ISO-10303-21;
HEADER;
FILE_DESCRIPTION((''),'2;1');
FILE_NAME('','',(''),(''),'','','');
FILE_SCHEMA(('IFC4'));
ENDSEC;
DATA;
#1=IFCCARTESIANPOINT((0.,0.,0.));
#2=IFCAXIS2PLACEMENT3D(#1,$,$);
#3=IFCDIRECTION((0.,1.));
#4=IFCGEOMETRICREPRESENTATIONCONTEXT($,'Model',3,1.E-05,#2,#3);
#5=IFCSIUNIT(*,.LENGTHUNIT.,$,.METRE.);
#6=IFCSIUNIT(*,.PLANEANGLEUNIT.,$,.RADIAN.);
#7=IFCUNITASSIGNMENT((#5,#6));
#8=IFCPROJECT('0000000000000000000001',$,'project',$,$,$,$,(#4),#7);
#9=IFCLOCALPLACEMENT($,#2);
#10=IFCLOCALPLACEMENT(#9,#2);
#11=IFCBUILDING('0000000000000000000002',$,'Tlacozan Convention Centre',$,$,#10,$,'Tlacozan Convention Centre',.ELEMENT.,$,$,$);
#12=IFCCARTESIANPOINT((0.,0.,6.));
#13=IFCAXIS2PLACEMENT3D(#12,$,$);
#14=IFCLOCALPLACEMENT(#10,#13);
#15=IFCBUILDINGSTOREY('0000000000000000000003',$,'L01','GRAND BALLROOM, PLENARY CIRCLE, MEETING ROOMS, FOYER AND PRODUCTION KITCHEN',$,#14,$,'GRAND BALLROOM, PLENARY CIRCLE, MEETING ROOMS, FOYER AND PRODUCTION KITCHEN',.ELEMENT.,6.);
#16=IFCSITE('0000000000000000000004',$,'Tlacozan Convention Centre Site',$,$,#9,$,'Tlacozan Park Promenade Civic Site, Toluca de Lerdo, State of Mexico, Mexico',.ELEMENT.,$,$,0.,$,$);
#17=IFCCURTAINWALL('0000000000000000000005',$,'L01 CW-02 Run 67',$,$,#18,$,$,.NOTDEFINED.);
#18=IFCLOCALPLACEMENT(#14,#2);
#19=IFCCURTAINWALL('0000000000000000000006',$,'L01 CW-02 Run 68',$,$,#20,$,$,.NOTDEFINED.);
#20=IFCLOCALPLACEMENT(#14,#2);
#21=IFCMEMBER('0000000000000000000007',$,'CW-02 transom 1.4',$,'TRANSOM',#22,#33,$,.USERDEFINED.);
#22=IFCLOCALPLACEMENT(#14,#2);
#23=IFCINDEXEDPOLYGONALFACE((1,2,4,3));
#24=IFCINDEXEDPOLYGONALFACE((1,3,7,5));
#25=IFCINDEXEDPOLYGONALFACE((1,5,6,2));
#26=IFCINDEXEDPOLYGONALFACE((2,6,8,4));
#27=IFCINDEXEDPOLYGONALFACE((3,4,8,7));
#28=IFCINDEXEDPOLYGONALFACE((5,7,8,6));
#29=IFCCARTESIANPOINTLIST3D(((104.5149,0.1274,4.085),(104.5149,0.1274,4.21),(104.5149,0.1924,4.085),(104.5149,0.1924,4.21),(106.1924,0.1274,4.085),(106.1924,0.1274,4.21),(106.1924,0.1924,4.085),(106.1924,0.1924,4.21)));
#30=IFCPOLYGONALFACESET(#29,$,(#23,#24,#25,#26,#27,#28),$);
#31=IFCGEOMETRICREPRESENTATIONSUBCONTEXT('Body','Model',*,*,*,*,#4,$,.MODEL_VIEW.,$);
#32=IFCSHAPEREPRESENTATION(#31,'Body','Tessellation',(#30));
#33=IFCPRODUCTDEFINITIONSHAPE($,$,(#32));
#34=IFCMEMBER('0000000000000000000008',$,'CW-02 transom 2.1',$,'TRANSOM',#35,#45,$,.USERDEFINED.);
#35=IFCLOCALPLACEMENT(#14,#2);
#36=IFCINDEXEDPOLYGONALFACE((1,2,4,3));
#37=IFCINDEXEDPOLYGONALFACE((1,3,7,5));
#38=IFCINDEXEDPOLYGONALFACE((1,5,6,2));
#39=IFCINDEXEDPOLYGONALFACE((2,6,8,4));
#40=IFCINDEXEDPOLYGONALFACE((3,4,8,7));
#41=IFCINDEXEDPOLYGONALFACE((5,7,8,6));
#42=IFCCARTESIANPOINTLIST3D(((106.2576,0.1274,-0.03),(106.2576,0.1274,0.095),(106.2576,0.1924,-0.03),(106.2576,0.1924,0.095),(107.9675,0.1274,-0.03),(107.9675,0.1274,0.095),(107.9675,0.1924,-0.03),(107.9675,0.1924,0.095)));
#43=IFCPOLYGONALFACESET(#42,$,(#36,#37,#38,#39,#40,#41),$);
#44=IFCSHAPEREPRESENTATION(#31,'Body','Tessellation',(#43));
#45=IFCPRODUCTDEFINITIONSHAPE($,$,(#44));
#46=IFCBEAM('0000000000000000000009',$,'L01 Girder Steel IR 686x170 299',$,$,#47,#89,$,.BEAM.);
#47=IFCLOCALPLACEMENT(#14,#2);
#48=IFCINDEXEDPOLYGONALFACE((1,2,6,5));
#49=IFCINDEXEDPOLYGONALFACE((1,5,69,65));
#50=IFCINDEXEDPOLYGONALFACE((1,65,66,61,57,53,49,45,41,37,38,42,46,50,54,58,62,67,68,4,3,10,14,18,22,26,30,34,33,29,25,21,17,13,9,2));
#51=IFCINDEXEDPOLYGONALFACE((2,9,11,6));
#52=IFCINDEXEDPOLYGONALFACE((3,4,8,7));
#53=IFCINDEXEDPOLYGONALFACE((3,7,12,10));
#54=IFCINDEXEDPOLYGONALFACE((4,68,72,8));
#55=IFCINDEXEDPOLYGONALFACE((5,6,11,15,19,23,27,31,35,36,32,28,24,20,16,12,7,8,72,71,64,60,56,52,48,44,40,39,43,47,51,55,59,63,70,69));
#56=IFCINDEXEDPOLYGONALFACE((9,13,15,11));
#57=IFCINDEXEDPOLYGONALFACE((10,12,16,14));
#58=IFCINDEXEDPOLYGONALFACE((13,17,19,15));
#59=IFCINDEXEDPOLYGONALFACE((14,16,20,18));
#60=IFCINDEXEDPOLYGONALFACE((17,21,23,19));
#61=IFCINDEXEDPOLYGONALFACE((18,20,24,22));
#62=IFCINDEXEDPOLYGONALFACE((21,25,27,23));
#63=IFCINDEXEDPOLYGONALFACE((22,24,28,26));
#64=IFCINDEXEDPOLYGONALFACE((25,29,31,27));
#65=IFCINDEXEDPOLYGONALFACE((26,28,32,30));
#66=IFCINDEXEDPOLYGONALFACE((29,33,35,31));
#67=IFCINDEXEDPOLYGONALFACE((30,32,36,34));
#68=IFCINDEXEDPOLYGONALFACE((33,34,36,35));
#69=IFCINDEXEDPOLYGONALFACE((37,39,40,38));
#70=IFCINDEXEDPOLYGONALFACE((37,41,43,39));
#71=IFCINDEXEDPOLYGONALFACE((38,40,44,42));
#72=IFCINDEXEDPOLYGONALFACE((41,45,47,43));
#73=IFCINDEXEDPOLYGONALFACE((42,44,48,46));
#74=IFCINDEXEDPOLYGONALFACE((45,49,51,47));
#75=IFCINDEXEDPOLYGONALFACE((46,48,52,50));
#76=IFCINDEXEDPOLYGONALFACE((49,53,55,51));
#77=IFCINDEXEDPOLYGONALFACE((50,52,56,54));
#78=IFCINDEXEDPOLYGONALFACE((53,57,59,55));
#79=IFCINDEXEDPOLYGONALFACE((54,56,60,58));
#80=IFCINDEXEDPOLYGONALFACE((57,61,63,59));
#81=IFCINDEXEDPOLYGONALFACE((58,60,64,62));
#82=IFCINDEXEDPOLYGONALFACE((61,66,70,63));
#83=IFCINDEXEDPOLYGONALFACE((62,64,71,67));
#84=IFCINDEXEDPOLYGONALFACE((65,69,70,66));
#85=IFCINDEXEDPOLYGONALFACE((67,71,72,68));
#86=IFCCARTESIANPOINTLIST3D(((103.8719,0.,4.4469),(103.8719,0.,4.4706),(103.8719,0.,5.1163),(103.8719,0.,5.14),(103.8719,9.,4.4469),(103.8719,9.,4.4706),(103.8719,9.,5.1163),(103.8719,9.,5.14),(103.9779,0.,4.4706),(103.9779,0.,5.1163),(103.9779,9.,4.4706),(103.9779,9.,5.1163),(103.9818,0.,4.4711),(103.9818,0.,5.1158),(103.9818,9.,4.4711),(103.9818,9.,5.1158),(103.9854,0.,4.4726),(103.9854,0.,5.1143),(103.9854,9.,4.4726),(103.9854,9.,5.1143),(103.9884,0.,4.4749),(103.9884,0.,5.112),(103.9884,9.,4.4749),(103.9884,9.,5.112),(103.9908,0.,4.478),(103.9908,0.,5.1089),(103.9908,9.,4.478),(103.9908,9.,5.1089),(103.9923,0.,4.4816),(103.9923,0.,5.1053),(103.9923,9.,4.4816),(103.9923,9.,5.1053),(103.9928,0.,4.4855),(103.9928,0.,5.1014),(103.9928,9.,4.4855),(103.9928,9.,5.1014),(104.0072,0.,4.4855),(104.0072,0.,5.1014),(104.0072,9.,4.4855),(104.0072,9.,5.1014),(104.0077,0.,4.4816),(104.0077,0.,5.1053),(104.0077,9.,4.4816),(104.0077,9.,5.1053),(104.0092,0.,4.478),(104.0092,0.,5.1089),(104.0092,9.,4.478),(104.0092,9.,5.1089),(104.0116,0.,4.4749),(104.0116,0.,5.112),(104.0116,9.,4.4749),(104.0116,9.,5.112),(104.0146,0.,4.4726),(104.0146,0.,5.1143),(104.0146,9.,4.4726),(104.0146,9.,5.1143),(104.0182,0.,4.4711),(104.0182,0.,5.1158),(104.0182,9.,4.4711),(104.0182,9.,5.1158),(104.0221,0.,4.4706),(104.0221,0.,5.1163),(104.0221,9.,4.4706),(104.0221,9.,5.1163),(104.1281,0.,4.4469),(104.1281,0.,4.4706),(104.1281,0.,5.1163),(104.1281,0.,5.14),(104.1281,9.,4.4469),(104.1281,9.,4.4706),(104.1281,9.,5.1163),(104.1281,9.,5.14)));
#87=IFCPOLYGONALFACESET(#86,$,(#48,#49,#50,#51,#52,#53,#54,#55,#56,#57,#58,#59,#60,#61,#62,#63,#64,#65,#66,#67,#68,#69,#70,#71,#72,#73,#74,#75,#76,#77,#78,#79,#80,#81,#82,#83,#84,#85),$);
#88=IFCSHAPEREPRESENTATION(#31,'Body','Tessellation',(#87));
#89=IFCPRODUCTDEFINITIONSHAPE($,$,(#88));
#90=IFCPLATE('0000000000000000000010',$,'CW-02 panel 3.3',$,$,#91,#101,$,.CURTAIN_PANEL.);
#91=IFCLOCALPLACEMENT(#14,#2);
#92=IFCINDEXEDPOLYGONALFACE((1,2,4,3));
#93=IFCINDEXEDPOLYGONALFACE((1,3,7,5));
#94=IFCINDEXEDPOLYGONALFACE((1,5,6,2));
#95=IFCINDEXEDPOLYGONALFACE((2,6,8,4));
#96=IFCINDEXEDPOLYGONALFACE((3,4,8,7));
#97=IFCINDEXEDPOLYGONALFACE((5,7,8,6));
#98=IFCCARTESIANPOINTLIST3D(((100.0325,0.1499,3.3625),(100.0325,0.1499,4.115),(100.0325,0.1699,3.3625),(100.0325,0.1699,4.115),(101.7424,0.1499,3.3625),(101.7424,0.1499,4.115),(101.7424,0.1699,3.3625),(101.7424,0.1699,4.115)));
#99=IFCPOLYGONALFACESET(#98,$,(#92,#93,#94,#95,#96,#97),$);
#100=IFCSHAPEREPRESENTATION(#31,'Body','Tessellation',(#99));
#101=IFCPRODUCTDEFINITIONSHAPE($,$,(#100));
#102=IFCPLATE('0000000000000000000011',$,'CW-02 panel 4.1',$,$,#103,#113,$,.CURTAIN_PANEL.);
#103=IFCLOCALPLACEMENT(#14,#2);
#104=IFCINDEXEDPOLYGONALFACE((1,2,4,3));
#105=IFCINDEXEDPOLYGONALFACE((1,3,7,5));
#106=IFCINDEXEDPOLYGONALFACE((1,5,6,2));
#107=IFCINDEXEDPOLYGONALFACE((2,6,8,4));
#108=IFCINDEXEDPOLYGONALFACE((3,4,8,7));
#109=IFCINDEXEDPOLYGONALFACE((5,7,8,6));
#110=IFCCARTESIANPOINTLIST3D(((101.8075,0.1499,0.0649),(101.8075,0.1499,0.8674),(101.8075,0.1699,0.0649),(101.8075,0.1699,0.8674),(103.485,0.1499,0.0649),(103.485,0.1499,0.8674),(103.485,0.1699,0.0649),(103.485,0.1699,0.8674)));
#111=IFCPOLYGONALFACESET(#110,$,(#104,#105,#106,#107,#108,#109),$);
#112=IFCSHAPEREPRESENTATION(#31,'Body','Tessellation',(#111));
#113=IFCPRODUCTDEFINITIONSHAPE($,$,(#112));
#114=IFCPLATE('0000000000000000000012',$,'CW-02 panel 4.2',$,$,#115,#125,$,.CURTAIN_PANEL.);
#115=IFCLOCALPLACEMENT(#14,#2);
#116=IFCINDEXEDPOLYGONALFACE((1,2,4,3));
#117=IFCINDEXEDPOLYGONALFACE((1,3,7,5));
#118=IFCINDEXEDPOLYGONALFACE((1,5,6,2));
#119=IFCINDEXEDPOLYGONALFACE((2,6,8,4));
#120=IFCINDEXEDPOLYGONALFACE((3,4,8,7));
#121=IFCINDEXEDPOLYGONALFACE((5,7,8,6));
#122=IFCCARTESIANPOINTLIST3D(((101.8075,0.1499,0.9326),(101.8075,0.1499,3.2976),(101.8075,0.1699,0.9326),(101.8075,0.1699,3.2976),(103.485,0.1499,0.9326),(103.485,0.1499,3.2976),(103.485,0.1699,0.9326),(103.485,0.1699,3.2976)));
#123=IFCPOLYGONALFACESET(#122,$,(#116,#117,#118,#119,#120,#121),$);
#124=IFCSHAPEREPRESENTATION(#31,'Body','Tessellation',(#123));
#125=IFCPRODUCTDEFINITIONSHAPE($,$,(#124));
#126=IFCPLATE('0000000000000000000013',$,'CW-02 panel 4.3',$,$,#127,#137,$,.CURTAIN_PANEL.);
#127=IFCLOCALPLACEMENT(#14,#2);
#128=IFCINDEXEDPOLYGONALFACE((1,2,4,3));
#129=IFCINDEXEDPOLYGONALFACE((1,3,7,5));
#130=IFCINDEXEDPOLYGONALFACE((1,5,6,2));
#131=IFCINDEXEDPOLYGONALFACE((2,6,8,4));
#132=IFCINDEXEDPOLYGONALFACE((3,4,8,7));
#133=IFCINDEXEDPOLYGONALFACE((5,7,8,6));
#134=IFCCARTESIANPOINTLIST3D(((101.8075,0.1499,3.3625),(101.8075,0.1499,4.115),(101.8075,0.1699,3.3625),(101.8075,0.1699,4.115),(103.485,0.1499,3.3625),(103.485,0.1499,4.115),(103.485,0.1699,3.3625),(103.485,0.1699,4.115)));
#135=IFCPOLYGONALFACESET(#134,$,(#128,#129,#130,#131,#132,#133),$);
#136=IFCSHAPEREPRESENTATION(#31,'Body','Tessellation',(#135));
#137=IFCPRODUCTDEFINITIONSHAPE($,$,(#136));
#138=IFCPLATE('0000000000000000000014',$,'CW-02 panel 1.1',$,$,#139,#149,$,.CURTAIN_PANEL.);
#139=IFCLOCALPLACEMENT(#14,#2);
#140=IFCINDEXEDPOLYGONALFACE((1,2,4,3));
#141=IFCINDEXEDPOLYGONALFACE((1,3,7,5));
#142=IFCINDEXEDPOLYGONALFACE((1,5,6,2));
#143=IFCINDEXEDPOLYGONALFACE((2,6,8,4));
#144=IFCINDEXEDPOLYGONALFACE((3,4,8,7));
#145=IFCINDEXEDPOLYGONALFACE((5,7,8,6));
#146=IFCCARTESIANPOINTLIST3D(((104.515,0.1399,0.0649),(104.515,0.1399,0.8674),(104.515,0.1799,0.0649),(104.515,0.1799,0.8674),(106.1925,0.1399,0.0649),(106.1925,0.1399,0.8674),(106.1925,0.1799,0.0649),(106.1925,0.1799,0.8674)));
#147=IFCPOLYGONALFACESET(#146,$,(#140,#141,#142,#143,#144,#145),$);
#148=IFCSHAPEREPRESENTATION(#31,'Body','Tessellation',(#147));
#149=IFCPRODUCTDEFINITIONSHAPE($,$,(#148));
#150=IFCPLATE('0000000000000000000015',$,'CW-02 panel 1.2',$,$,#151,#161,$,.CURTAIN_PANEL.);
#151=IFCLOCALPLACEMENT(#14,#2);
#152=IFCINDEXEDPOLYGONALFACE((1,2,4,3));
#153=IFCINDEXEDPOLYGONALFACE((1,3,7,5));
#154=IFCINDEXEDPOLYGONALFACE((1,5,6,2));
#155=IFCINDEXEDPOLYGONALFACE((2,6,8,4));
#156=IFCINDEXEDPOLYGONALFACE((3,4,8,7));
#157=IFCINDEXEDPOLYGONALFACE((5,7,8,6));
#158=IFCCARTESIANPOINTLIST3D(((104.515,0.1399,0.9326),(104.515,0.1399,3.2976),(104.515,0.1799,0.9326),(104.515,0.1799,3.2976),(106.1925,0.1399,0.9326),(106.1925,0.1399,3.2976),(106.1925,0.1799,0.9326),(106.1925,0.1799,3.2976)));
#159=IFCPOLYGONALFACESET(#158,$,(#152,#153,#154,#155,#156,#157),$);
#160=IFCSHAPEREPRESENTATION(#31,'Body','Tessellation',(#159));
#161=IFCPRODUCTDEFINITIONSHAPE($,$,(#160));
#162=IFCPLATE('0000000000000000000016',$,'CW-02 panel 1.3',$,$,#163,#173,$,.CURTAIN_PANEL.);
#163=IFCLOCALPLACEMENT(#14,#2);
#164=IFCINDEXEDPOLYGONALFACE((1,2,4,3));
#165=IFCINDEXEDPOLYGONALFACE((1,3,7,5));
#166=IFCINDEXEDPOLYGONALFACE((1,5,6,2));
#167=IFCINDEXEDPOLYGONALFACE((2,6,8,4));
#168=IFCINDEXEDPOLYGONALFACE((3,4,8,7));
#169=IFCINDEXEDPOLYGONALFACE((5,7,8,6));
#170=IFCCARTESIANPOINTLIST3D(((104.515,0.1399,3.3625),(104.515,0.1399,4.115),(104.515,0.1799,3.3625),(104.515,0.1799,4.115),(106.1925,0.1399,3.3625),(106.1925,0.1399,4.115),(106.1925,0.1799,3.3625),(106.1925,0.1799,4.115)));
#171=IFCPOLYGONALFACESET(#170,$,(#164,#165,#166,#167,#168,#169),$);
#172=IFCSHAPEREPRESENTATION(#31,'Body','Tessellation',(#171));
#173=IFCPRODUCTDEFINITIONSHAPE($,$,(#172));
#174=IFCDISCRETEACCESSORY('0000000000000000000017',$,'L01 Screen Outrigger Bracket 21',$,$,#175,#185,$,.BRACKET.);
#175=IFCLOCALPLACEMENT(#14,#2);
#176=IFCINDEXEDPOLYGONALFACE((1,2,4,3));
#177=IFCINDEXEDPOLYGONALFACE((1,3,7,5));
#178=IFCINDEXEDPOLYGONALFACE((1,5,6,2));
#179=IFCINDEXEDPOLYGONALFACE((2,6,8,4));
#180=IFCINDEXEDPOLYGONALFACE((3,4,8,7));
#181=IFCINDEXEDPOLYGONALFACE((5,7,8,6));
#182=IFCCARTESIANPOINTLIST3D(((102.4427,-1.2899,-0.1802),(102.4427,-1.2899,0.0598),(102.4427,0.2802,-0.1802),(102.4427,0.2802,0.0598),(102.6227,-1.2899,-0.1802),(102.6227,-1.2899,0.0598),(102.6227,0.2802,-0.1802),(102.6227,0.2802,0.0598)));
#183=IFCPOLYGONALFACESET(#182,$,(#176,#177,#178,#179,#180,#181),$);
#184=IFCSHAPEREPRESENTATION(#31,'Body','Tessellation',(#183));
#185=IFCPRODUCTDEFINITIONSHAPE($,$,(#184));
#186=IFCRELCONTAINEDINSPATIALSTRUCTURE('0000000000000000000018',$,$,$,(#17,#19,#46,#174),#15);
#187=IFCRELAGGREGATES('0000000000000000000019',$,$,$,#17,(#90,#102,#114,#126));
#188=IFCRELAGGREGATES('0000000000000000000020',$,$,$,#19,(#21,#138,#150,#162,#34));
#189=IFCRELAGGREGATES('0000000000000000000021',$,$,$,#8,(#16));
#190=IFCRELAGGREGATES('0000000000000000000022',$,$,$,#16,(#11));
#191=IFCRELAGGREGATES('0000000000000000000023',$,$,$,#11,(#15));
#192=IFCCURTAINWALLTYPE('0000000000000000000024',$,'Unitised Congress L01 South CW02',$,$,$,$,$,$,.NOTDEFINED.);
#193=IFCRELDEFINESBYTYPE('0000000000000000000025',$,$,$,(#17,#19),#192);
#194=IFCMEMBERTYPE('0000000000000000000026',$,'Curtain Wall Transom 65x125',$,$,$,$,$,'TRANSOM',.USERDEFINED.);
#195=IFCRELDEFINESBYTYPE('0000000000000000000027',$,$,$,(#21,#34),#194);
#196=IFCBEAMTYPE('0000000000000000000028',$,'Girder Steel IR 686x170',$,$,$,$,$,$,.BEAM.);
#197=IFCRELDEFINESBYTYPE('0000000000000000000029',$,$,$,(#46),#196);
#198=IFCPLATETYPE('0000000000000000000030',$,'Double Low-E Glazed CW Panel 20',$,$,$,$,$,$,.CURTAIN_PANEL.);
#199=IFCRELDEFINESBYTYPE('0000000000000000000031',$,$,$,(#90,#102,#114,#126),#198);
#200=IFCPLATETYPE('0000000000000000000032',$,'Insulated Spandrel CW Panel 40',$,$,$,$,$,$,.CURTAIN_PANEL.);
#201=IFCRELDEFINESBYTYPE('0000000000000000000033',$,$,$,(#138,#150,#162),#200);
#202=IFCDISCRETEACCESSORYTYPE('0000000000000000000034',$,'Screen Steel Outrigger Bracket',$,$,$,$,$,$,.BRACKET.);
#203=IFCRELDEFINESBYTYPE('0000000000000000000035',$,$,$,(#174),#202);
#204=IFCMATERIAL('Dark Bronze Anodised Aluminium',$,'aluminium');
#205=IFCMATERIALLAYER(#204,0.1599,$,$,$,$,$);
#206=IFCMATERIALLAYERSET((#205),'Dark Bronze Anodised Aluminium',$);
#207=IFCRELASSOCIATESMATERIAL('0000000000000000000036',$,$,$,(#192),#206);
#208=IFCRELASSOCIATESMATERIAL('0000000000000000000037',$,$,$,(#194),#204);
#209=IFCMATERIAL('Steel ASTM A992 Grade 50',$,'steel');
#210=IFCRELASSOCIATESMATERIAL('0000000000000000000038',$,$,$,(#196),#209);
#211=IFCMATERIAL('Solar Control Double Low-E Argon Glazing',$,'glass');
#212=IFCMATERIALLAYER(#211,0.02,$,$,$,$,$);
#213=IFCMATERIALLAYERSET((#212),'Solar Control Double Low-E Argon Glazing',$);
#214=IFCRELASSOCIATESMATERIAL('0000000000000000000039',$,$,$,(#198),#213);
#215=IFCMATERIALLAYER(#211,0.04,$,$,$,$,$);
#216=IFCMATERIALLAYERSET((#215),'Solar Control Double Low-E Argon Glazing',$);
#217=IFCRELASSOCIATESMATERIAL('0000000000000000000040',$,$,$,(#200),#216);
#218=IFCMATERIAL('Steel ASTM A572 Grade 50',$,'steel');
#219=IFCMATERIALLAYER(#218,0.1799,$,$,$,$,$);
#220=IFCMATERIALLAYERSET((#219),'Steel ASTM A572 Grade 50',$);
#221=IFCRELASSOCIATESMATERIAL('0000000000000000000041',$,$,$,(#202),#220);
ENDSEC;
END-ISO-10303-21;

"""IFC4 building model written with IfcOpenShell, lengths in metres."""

from ifc_helpers import new_model, si_unit, direction, frame, origin, origin_2d, place, context, subcontext, project, spatial, rectangle, i_section, extrude, material, layer, layer_set, material_profile, profile_set, type_object, element, aggregate, save


model = new_model("IFC4")

# Units and contexts
model_context = context("Model", 3, precision=1e-05, world=origin(), true_north=direction((0.0, 1.0)))
body_context = subcontext(model_context, "Body", "Model", "MODEL_VIEW")
ifc_project = project(units=[si_unit("LENGTHUNIT", "METRE"), si_unit("PLANEANGLEUNIT", "RADIAN")], contexts=[model_context])

# Site, building, storey
site_placement = place(None, origin())
site = spatial("IfcSite", under=ifc_project, at=site_placement, Name="Tlacozan Convention Centre Site", LongName="Tlacozan Park Promenade Civic Site, Toluca de Lerdo, State of Mexico, Mexico", CompositionType="ELEMENT", RefElevation=0.0)
building_placement = place(site_placement, origin())
building = spatial("IfcBuilding", under=site, at=building_placement, Name="Tlacozan Convention Centre", LongName="Tlacozan Convention Centre", CompositionType="ELEMENT")
storey_placement = place(building_placement, frame((0.0, 0.0, 6.0)))
storey = spatial("IfcBuildingStorey", under=building, at=storey_placement, Name="L01", Description="GRAND BALLROOM, PLENARY CIRCLE, MEETING ROOMS, FOYER AND PRODUCTION KITCHEN", LongName="GRAND BALLROOM, PLENARY CIRCLE, MEETING ROOMS, FOYER AND PRODUCTION KITCHEN", CompositionType="ELEMENT", Elevation=6.0)

# Curtain walls
ifc_material_1 = material(Name="Dark Bronze Anodised Aluminium", Category="aluminium")
ifc_layer_1 = layer(ifc_material_1, 0.1599)
ifc_layer_set_1 = layer_set([ifc_layer_1], Name="Dark Bronze Anodised Aluminium")
curtain_wall_type = type_object("IfcCurtainWallType", Name="Unitised Congress L01 South CW02", PredefinedType="NOTDEFINED", material=ifc_layer_set_1)
curtain_wall_1_placement = place(storey_placement, origin())
curtain_wall_1 = element("IfcCurtainWall", 1, at=curtain_wall_1_placement, inside=storey, type_object=curtain_wall_type, Name="L01 CW-02 Run 67", PredefinedType="NOTDEFINED")
curtain_wall_2_placement = place(storey_placement, origin())
curtain_wall_2 = element("IfcCurtainWall", 2, at=curtain_wall_2_placement, inside=storey, type_object=curtain_wall_type, Name="L01 CW-02 Run 68", PredefinedType="NOTDEFINED")

# Members
ifc_material_profile_1 = material_profile(ifc_material_1, rectangle(XDim=0.0649, YDim=0.125, at=origin_2d()), Name="ALU 65x125")
ifc_profile_set_1 = profile_set([ifc_material_profile_1], Name="Dark Bronze Anodised Aluminium")
member_type_1 = type_object("IfcMemberType", Name="Curtain Wall Transom 65x125", ElementType="TRANSOM", PredefinedType="USERDEFINED", material=ifc_profile_set_1)
member_1_placement = place(storey_placement, frame((104.5149, 0.1599, 4.1475), z_axis=(1.0, 0.0, 0.0), x_axis=(0.0, 1.0, 0.0)))
member_1 = element("IfcMember", 3, at=member_1_placement, type_object=member_type_1, Name="CW-02 transom 1.4", ObjectType="TRANSOM", PredefinedType="USERDEFINED", context=body_context, shape_type="SweptSolid", body=[
    extrude(rectangle(XDim=0.0649, YDim=0.125, at=origin_2d()), origin(), (0.0, 0.0, 1.0), 1.6775),
])
member_2_placement = place(storey_placement, frame((106.2576, 0.1599, 0.0325), z_axis=(1.0, 0.0, 0.0), x_axis=(0.0, 1.0, 0.0)))
member_2 = element("IfcMember", 4, at=member_2_placement, type_object=member_type_1, Name="CW-02 transom 2.1", ObjectType="TRANSOM", PredefinedType="USERDEFINED", context=body_context, shape_type="SweptSolid", body=[
    extrude(rectangle(XDim=0.0649, YDim=0.125, at=origin_2d()), origin(), (0.0, 0.0, 1.0), 1.71),
])

# Beam
ifc_material_2 = material(Name="Steel ASTM A992 Grade 50", Category="steel")
ifc_material_profile_2 = material_profile(ifc_material_2, i_section(OverallWidth=0.2561, OverallDepth=0.6931, WebThickness=0.0144, FlangeThickness=0.0237, FilletRadius=0.0149, at=origin_2d()), Name="IR 686x170.0")
ifc_profile_set_2 = profile_set([ifc_material_profile_2], Name="Steel ASTM A992 Grade 50")
beam_type = type_object("IfcBeamType", Name="Girder Steel IR 686x170", PredefinedType="BEAM", material=ifc_profile_set_2)
beam_placement = place(storey_placement, frame((104.0, 0.0, 4.7935), z_axis=(0.0, 1.0, 0.0), x_axis=(-1.0, 0.0, 0.0)))
element("IfcBeam", 5, at=beam_placement, inside=storey, type_object=beam_type, Name="L01 Girder Steel IR 686x170 299", PredefinedType="BEAM", context=body_context, shape_type="SweptSolid", body=[
    extrude(i_section(OverallWidth=0.2561, OverallDepth=0.6931, WebThickness=0.0144, FlangeThickness=0.0237, FilletRadius=0.0149, at=origin_2d()), origin(), (0.0, 0.0, 1.0), 9.0),
])

# Plates
ifc_material_3 = material(Name="Solar Control Double Low-E Argon Glazing", Category="glass")
ifc_layer_2 = layer(ifc_material_3, 0.02)
ifc_layer_set_2 = layer_set([ifc_layer_2], Name="Solar Control Double Low-E Argon Glazing")
plate_type_1 = type_object("IfcPlateType", Name="Double Low-E Glazed CW Panel 20", PredefinedType="CURTAIN_PANEL", material=ifc_layer_set_2)
plate_1_placement = place(storey_placement, frame((100.8875, 0.1599, 3.3625), z_axis=(0.0, 0.0, 1.0), x_axis=(1.0, 0.0, 0.0)))
plate_1 = element("IfcPlate", 6, at=plate_1_placement, type_object=plate_type_1, Name="CW-02 panel 3.3", PredefinedType="CURTAIN_PANEL", context=body_context, shape_type="SweptSolid", body=[
    extrude(rectangle(XDim=1.71, YDim=0.02, at=origin_2d()), origin(), (0.0, 0.0, 1.0), 0.7524),
])
plate_2_placement = place(storey_placement, frame((102.6462, 0.1599, 0.0649), z_axis=(0.0, 0.0, 1.0), x_axis=(1.0, 0.0, 0.0)))
plate_2 = element("IfcPlate", 7, at=plate_2_placement, type_object=plate_type_1, Name="CW-02 panel 4.1", PredefinedType="CURTAIN_PANEL", context=body_context, shape_type="SweptSolid", body=[
    extrude(rectangle(XDim=1.6775, YDim=0.02, at=origin_2d()), origin(), (0.0, 0.0, 1.0), 0.8025),
])
plate_3_placement = place(storey_placement, frame((102.6462, 0.1599, 0.9326), z_axis=(0.0, 0.0, 1.0), x_axis=(1.0, 0.0, 0.0)))
plate_3 = element("IfcPlate", 8, at=plate_3_placement, type_object=plate_type_1, Name="CW-02 panel 4.2", PredefinedType="CURTAIN_PANEL", context=body_context, shape_type="SweptSolid", body=[
    extrude(rectangle(XDim=1.6775, YDim=0.02, at=origin_2d()), origin(), (0.0, 0.0, 1.0), 2.365),
])
plate_4_placement = place(storey_placement, frame((102.6462, 0.1599, 3.3625), z_axis=(0.0, 0.0, 1.0), x_axis=(1.0, 0.0, 0.0)))
plate_4 = element("IfcPlate", 9, at=plate_4_placement, type_object=plate_type_1, Name="CW-02 panel 4.3", PredefinedType="CURTAIN_PANEL", context=body_context, shape_type="SweptSolid", body=[
    extrude(rectangle(XDim=1.6775, YDim=0.02, at=origin_2d()), origin(), (0.0, 0.0, 1.0), 0.7524),
])
aggregate(curtain_wall_1, [plate_1, plate_2, plate_3, plate_4])
ifc_layer_3 = layer(ifc_material_3, 0.04)
ifc_layer_set_3 = layer_set([ifc_layer_3], Name="Solar Control Double Low-E Argon Glazing")
plate_type_2 = type_object("IfcPlateType", Name="Insulated Spandrel CW Panel 40", PredefinedType="CURTAIN_PANEL", material=ifc_layer_set_3)
plate_5_placement = place(storey_placement, frame((105.3538, 0.1599, 0.0649), z_axis=(0.0, 0.0, 1.0), x_axis=(1.0, 0.0, 0.0)))
plate_5 = element("IfcPlate", 10, at=plate_5_placement, type_object=plate_type_2, Name="CW-02 panel 1.1", PredefinedType="CURTAIN_PANEL", context=body_context, shape_type="SweptSolid", body=[
    extrude(rectangle(XDim=1.6775, YDim=0.04, at=origin_2d()), origin(), (0.0, 0.0, 1.0), 0.8025),
])
plate_6_placement = place(storey_placement, frame((105.3538, 0.1599, 0.9326), z_axis=(0.0, 0.0, 1.0), x_axis=(1.0, 0.0, 0.0)))
plate_6 = element("IfcPlate", 11, at=plate_6_placement, type_object=plate_type_2, Name="CW-02 panel 1.2", PredefinedType="CURTAIN_PANEL", context=body_context, shape_type="SweptSolid", body=[
    extrude(rectangle(XDim=1.6775, YDim=0.04, at=origin_2d()), origin(), (0.0, 0.0, 1.0), 2.365),
])
plate_7_placement = place(storey_placement, frame((105.3538, 0.1599, 3.3625), z_axis=(0.0, 0.0, 1.0), x_axis=(1.0, 0.0, 0.0)))
plate_7 = element("IfcPlate", 12, at=plate_7_placement, type_object=plate_type_2, Name="CW-02 panel 1.3", PredefinedType="CURTAIN_PANEL", context=body_context, shape_type="SweptSolid", body=[
    extrude(rectangle(XDim=1.6775, YDim=0.04, at=origin_2d()), origin(), (0.0, 0.0, 1.0), 0.7524),
])
aggregate(curtain_wall_2, [member_1, plate_5, plate_6, plate_7, member_2])

# Discrete accessory
ifc_material_4 = material(Name="Steel ASTM A572 Grade 50", Category="steel")
ifc_layer_4 = layer(ifc_material_4, 0.1799)
ifc_layer_set_4 = layer_set([ifc_layer_4], Name="Steel ASTM A572 Grade 50")
discrete_accessory_type = type_object("IfcDiscreteAccessoryType", Name="Screen Steel Outrigger Bracket", PredefinedType="BRACKET", material=ifc_layer_set_4)
discrete_accessory_placement = place(storey_placement, frame((102.5327, -0.5049, -0.1802), z_axis=(0.0, 0.0, 1.0), x_axis=(0.0, 1.0, 0.0)))
element("IfcDiscreteAccessory", 13, at=discrete_accessory_placement, inside=storey, type_object=discrete_accessory_type, Name="L01 Screen Outrigger Bracket 21", PredefinedType="BRACKET", context=body_context, shape_type="SweptSolid", body=[
    extrude(rectangle(XDim=1.5701, YDim=0.1799, at=origin_2d()), origin(), (0.0, 0.0, 1.0), 0.24),
])

save(model, "model.ifc")
